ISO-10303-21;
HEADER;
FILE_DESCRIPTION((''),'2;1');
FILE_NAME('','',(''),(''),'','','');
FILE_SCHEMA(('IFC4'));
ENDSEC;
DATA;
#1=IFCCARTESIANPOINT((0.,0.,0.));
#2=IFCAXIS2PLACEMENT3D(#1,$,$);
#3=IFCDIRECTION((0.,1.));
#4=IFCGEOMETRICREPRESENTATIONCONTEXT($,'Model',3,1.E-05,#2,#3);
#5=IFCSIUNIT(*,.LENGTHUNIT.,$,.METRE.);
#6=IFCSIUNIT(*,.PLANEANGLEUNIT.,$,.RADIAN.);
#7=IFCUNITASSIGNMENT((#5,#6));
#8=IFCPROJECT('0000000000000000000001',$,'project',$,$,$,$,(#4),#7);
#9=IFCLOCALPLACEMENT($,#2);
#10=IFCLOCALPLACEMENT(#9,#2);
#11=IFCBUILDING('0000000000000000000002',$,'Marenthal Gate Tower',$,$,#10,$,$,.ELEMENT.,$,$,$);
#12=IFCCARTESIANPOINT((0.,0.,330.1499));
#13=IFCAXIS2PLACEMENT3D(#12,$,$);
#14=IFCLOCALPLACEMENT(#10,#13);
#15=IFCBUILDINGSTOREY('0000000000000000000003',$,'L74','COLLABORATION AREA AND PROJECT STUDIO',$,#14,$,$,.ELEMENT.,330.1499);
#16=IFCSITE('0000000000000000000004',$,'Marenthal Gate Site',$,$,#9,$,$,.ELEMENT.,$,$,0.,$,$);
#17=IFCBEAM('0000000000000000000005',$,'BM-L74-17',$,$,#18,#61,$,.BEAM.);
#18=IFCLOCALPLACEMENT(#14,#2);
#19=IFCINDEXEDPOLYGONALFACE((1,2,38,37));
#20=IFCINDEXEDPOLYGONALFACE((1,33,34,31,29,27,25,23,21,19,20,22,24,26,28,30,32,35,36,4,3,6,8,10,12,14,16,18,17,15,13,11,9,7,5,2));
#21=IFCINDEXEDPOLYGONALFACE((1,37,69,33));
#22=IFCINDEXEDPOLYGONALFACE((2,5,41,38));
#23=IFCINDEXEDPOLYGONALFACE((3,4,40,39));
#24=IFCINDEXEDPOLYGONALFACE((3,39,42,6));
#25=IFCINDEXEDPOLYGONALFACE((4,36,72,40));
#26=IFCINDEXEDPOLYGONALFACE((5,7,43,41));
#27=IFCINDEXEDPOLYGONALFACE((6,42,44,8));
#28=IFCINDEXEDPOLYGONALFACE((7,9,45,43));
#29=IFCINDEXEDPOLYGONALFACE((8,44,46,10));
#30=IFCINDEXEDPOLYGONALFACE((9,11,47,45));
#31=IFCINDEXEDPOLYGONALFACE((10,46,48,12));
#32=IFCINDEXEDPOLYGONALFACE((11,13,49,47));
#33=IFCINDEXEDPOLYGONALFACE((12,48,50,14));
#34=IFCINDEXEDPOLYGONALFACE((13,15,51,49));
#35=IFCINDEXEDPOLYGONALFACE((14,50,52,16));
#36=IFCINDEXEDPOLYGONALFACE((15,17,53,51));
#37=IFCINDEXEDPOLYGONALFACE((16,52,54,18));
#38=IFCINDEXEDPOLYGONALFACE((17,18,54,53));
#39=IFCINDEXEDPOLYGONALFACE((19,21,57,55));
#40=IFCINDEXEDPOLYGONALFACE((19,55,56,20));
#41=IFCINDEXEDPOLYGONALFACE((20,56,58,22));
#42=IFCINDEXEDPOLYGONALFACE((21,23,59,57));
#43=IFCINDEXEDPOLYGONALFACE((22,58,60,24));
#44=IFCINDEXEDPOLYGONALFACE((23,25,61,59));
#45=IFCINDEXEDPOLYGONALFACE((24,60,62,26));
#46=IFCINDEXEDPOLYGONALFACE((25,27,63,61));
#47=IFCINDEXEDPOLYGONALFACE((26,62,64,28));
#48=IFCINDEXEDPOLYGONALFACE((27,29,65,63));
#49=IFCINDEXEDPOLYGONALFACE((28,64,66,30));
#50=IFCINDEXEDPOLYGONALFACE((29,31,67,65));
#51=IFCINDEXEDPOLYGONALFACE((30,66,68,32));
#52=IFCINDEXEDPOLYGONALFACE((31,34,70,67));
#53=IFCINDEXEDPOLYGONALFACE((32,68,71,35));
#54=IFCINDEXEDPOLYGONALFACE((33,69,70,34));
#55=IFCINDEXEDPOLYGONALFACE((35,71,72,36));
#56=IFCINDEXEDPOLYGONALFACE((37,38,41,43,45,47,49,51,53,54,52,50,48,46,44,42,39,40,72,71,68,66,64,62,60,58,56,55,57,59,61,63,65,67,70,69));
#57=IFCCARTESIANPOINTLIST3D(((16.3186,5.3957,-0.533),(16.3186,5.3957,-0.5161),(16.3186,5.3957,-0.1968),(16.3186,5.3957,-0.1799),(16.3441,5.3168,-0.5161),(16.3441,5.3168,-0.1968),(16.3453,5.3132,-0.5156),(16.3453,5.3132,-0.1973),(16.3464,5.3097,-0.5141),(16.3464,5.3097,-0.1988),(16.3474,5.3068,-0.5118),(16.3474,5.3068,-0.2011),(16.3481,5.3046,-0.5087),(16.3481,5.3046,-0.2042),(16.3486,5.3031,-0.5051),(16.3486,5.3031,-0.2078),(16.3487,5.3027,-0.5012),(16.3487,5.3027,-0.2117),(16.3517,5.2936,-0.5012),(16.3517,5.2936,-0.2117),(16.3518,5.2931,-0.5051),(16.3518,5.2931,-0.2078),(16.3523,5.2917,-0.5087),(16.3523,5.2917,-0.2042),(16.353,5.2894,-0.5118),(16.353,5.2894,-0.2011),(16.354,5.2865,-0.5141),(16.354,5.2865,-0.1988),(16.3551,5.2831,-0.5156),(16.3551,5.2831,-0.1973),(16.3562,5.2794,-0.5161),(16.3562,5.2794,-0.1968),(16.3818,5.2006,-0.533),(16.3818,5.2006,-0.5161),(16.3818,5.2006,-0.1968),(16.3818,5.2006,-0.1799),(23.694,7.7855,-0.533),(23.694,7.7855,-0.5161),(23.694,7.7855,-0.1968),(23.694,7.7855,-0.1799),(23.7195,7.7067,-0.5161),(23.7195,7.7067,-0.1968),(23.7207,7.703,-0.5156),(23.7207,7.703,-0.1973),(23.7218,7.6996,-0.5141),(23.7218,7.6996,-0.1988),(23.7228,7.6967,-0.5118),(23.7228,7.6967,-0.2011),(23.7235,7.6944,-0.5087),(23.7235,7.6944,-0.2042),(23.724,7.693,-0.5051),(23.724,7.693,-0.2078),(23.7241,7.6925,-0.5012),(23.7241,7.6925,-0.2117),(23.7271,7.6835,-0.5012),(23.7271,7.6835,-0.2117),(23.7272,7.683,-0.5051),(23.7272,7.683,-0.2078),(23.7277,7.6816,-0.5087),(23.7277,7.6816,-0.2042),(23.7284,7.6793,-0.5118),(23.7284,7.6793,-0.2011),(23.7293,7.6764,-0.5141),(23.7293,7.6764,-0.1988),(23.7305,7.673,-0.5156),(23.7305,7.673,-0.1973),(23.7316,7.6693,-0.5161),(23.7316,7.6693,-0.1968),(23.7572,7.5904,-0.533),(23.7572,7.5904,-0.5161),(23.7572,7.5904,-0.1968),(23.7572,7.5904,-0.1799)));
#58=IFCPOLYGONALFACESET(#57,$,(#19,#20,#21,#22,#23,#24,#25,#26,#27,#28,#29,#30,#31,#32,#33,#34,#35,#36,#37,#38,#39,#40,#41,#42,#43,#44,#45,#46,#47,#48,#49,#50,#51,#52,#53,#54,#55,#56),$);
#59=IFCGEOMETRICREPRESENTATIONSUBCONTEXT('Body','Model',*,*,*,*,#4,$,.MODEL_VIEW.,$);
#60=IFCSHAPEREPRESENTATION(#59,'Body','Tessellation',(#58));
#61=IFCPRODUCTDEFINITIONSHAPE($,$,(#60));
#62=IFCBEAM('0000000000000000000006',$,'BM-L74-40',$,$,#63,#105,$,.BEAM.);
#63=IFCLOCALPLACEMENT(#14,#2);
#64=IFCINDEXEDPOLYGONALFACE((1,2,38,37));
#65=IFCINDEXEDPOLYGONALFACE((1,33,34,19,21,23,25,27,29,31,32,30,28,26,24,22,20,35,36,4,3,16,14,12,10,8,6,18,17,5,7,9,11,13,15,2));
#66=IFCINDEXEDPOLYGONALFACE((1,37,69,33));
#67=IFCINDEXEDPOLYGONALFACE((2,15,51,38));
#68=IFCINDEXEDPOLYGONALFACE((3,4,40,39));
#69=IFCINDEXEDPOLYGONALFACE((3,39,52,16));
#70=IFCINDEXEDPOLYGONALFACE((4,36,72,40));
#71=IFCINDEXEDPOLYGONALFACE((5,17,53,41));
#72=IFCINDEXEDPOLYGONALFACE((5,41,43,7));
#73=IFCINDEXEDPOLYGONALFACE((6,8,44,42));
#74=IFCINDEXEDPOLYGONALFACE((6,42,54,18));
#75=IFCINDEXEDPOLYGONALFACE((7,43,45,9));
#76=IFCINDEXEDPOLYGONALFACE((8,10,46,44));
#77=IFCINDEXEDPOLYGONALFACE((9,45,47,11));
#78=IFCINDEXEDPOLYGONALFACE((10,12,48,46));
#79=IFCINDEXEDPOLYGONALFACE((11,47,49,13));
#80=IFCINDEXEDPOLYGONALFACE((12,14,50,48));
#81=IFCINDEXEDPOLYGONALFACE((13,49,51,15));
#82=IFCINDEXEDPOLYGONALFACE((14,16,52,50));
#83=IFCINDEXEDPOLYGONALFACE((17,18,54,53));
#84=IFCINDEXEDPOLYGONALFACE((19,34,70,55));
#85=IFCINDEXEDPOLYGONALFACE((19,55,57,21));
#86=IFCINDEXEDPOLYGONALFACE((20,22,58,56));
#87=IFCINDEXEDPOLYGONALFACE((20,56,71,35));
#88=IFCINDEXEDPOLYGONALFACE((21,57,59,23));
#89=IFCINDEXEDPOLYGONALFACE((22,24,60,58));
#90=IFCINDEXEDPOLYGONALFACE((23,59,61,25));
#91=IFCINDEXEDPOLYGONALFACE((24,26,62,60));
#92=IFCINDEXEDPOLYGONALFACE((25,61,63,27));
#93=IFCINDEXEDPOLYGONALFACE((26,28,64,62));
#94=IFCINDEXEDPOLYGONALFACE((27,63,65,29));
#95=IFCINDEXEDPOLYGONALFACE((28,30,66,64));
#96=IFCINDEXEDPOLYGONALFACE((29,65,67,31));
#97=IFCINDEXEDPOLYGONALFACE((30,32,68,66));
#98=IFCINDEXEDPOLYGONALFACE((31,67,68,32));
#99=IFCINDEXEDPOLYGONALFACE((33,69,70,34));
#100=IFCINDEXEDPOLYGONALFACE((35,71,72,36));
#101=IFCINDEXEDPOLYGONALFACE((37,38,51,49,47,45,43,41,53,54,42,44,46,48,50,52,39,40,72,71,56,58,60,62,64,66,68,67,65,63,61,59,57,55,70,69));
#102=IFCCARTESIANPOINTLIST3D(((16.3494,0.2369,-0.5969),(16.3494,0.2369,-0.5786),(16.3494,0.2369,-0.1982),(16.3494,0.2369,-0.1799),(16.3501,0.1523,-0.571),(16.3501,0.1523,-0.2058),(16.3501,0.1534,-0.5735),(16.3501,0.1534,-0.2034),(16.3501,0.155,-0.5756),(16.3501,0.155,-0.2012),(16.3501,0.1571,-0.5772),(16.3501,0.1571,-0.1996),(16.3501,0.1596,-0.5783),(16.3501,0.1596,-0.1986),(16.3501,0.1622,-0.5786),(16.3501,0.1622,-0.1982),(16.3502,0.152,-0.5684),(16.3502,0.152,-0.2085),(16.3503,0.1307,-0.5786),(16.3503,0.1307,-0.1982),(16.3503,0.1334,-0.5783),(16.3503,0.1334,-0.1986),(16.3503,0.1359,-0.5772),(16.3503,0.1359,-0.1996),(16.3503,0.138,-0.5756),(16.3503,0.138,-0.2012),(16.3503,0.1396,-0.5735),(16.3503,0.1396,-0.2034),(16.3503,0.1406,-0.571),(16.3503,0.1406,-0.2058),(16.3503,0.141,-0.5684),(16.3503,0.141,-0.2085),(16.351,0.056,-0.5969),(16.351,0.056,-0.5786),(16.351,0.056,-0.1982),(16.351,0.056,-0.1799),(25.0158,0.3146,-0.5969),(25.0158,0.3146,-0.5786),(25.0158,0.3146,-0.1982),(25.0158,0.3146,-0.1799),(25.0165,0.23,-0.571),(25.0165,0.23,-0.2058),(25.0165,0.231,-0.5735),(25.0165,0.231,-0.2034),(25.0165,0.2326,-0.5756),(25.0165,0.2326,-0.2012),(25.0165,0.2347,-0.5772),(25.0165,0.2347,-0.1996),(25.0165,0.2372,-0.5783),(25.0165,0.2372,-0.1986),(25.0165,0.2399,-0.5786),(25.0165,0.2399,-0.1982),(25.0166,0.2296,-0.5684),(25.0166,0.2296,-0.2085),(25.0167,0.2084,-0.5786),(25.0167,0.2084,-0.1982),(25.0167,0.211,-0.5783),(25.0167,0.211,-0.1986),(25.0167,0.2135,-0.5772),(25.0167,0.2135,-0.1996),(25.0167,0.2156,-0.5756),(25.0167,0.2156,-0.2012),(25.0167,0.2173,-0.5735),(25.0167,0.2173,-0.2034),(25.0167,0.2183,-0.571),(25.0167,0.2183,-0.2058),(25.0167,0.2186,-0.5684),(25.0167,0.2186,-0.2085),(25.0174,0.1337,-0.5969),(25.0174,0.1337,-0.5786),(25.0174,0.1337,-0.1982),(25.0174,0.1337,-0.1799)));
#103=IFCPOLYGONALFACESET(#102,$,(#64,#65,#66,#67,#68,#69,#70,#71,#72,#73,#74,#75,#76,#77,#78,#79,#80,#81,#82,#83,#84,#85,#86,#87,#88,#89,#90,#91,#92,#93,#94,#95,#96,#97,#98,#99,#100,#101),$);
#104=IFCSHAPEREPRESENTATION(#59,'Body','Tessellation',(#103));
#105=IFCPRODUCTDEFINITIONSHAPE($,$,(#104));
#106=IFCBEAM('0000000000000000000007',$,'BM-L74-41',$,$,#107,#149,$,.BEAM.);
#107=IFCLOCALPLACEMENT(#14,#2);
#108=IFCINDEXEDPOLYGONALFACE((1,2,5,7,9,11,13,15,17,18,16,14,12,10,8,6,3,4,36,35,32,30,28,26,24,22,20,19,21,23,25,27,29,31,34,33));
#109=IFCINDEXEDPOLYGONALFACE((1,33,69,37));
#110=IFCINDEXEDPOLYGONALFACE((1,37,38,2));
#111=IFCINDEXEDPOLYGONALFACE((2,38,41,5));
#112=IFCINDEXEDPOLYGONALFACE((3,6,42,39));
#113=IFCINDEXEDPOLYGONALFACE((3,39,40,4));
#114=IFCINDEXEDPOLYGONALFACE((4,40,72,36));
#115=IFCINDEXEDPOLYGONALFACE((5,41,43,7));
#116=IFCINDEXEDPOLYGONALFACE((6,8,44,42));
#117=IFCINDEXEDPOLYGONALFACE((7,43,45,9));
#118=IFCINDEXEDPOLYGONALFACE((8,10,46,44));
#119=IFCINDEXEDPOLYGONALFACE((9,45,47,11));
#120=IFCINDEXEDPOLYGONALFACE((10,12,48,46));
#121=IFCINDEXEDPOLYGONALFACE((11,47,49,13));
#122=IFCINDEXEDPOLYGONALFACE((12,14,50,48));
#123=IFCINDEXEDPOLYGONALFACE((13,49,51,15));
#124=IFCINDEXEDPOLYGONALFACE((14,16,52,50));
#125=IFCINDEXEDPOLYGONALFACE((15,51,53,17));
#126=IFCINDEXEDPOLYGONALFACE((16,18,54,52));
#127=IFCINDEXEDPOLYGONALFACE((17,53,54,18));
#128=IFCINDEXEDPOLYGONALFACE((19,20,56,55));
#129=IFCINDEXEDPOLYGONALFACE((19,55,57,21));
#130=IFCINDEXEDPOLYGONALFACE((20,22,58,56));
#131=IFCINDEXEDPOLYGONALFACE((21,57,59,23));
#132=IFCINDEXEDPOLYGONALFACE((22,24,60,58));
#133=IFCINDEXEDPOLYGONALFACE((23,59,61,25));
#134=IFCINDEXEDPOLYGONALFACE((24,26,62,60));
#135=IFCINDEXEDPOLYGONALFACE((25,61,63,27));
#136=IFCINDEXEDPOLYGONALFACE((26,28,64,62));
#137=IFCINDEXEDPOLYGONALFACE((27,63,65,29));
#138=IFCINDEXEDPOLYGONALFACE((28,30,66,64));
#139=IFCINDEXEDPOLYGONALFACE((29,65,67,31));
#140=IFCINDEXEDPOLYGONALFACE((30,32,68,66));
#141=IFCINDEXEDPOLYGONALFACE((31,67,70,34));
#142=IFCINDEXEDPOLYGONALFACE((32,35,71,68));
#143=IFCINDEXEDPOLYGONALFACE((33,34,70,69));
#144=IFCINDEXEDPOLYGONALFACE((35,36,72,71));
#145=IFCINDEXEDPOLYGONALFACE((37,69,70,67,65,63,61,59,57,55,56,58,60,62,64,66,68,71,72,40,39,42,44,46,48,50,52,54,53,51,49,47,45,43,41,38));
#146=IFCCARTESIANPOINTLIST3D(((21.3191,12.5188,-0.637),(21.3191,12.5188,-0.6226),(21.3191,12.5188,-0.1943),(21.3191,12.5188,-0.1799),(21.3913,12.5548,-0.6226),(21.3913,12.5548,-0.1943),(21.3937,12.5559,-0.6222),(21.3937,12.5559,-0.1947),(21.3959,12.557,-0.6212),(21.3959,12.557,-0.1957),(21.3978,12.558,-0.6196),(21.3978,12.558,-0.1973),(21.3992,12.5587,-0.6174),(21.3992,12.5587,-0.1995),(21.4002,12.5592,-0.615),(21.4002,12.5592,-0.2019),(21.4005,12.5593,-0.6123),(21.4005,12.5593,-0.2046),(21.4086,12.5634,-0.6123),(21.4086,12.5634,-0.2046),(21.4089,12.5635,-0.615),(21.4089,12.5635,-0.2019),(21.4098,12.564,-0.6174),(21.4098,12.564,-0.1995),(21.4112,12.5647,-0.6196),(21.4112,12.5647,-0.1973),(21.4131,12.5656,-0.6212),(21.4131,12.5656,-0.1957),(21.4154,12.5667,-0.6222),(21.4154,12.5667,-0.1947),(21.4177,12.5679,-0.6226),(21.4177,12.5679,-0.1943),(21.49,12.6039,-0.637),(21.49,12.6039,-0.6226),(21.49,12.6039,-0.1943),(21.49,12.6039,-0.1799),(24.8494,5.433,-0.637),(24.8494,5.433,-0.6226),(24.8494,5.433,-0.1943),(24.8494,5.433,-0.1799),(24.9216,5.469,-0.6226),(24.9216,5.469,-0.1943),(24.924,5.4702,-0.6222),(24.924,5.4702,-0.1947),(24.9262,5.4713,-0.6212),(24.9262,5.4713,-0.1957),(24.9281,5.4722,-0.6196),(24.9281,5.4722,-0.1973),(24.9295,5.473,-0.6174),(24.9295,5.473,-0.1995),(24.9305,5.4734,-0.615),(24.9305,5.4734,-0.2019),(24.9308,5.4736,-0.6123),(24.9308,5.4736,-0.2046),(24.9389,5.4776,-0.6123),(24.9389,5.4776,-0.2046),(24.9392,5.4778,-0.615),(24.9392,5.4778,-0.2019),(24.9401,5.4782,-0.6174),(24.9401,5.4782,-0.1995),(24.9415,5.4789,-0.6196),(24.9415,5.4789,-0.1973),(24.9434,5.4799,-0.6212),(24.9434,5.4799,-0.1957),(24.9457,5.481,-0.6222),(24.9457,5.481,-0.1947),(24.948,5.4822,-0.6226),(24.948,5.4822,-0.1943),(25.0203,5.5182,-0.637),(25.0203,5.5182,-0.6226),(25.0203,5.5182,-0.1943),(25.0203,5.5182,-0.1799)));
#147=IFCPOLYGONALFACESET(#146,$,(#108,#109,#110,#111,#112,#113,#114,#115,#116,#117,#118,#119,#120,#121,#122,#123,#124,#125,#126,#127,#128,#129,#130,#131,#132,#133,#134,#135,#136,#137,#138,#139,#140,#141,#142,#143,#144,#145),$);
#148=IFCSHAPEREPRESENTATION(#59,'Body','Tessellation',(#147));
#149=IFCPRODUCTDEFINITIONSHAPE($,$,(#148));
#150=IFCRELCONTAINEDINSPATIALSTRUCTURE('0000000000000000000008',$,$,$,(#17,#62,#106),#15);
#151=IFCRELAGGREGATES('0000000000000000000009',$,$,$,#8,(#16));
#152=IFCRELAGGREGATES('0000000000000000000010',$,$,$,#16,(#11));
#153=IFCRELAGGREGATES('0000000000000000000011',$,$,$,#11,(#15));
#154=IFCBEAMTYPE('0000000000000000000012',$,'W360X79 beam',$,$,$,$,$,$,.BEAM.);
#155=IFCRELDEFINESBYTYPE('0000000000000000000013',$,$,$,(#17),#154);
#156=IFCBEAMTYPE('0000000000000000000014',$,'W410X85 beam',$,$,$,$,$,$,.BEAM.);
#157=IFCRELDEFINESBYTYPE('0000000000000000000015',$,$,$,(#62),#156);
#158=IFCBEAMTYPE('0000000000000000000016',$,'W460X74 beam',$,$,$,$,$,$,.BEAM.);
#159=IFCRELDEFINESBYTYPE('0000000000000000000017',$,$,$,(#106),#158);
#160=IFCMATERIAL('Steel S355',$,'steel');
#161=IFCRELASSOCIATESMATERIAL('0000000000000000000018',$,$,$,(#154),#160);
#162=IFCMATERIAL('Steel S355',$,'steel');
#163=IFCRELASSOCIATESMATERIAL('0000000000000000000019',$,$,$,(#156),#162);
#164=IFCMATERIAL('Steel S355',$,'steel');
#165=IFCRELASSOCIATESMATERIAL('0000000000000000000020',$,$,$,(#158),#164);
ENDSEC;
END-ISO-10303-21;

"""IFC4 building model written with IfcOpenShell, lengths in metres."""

from ifc_helpers import new_model, si_unit, direction, frame, origin, origin_2d, place, context, subcontext, project, spatial, i_section, extrude, material, material_profile, profile_set, type_object, element, save


model = new_model("IFC4")

# Units and contexts
model_context = context("Model", 3, precision=1e-05, world=origin(), true_north=direction((0.0, 1.0)))
body_context = subcontext(model_context, "Body", "Model", "MODEL_VIEW")
ifc_project = project(units=[si_unit("LENGTHUNIT", "METRE"), si_unit("PLANEANGLEUNIT", "RADIAN")], contexts=[model_context])

# Site, building, storey
site_placement = place(None, origin())
site = spatial("IfcSite", under=ifc_project, at=site_placement, Name="Marenthal Gate Site", CompositionType="ELEMENT", RefElevation=0.0)
building_placement = place(site_placement, origin())
building = spatial("IfcBuilding", under=site, at=building_placement, Name="Marenthal Gate Tower", CompositionType="ELEMENT")
storey_placement = place(building_placement, frame((0.0, 0.0, 330.1499)))
storey = spatial("IfcBuildingStorey", under=building, at=storey_placement, Name="L74", Description="COLLABORATION AREA AND PROJECT STUDIO", CompositionType="ELEMENT", Elevation=330.1499)

# Beams
ifc_material_1 = material(Name="Steel S355", Category="steel")
ifc_material_profile_1 = material_profile(ifc_material_1, i_section(OverallWidth=0.2051, OverallDepth=0.353, WebThickness=0.0095, FlangeThickness=0.0168, FilletRadius=0.0149, at=origin_2d()), Name="W360X79")
ifc_profile_set_1 = profile_set([ifc_material_profile_1], Name="Steel S355")
beam_type_1 = type_object("IfcBeamType", Name="W360X79 beam", PredefinedType="BEAM", material=ifc_profile_set_1)
beam_1_placement = place(storey_placement, frame((23.7256, 7.688, -0.3564), z_axis=(-0.951304, -0.308253, 0.0), x_axis=(0.308253, -0.951304, 0.0)))
element("IfcBeam", 1, at=beam_1_placement, inside=storey, type_object=beam_type_1, Name="BM-L74-17", PredefinedType="BEAM", context=body_context, shape_type="SweptSolid", body=[
    extrude(i_section(OverallWidth=0.2051, OverallDepth=0.353, WebThickness=0.0095, FlangeThickness=0.0168, FilletRadius=0.0149, at=origin_2d()), origin(), (0.0, 0.0, 1.0), 7.7529),
])
ifc_material_2 = material(Name="Steel S355", Category="steel")
ifc_material_profile_2 = material_profile(ifc_material_2, i_section(OverallWidth=0.1809, OverallDepth=0.417, WebThickness=0.011, FlangeThickness=0.0183, FilletRadius=0.0103, at=origin_2d()), Name="W410X85")
ifc_profile_set_2 = profile_set([ifc_material_profile_2], Name="Steel S355")
beam_type_2 = type_object("IfcBeamType", Name="W410X85 beam", PredefinedType="BEAM", material=ifc_profile_set_2)
beam_2_placement = place(storey_placement, frame((25.0166, 0.2241, -0.3884), z_axis=(-0.99996, -0.008958, 0.0), x_axis=(0.008958, -0.99996, 0.0)))
element("IfcBeam", 2, at=beam_2_placement, inside=storey, type_object=beam_type_2, Name="BM-L74-40", PredefinedType="BEAM", context=body_context, shape_type="SweptSolid", body=[
    extrude(i_section(OverallWidth=0.1809, OverallDepth=0.417, WebThickness=0.011, FlangeThickness=0.0183, FilletRadius=0.0103, at=origin_2d()), origin(), (0.0, 0.0, 1.0), 8.6667),
])
ifc_material_3 = material(Name="Steel S355", Category="steel")
ifc_material_profile_3 = material_profile(ifc_material_3, i_section(OverallWidth=0.1909, OverallDepth=0.457, WebThickness=0.009, FlangeThickness=0.0144, FilletRadius=0.0103, at=origin_2d()), Name="W460X74")
ifc_profile_set_3 = profile_set([ifc_material_profile_3], Name="Steel S355")
beam_type_3 = type_object("IfcBeamType", Name="W460X74 beam", PredefinedType="BEAM", material=ifc_profile_set_3)
beam_3_placement = place(storey_placement, frame((24.9348, 5.4756, -0.4084), z_axis=(-0.445943, 0.895062, 0.0), x_axis=(-0.895062, -0.445943, 0.0)))
element("IfcBeam", 3, at=beam_3_placement, inside=storey, type_object=beam_type_3, Name="BM-L74-41", PredefinedType="BEAM", context=body_context, shape_type="SweptSolid", body=[
    extrude(i_section(OverallWidth=0.1909, OverallDepth=0.457, WebThickness=0.009, FlangeThickness=0.0144, FilletRadius=0.0103, at=origin_2d()), origin(), (0.0, 0.0, 1.0), 7.9165),
])

save(model, "model.ifc")
